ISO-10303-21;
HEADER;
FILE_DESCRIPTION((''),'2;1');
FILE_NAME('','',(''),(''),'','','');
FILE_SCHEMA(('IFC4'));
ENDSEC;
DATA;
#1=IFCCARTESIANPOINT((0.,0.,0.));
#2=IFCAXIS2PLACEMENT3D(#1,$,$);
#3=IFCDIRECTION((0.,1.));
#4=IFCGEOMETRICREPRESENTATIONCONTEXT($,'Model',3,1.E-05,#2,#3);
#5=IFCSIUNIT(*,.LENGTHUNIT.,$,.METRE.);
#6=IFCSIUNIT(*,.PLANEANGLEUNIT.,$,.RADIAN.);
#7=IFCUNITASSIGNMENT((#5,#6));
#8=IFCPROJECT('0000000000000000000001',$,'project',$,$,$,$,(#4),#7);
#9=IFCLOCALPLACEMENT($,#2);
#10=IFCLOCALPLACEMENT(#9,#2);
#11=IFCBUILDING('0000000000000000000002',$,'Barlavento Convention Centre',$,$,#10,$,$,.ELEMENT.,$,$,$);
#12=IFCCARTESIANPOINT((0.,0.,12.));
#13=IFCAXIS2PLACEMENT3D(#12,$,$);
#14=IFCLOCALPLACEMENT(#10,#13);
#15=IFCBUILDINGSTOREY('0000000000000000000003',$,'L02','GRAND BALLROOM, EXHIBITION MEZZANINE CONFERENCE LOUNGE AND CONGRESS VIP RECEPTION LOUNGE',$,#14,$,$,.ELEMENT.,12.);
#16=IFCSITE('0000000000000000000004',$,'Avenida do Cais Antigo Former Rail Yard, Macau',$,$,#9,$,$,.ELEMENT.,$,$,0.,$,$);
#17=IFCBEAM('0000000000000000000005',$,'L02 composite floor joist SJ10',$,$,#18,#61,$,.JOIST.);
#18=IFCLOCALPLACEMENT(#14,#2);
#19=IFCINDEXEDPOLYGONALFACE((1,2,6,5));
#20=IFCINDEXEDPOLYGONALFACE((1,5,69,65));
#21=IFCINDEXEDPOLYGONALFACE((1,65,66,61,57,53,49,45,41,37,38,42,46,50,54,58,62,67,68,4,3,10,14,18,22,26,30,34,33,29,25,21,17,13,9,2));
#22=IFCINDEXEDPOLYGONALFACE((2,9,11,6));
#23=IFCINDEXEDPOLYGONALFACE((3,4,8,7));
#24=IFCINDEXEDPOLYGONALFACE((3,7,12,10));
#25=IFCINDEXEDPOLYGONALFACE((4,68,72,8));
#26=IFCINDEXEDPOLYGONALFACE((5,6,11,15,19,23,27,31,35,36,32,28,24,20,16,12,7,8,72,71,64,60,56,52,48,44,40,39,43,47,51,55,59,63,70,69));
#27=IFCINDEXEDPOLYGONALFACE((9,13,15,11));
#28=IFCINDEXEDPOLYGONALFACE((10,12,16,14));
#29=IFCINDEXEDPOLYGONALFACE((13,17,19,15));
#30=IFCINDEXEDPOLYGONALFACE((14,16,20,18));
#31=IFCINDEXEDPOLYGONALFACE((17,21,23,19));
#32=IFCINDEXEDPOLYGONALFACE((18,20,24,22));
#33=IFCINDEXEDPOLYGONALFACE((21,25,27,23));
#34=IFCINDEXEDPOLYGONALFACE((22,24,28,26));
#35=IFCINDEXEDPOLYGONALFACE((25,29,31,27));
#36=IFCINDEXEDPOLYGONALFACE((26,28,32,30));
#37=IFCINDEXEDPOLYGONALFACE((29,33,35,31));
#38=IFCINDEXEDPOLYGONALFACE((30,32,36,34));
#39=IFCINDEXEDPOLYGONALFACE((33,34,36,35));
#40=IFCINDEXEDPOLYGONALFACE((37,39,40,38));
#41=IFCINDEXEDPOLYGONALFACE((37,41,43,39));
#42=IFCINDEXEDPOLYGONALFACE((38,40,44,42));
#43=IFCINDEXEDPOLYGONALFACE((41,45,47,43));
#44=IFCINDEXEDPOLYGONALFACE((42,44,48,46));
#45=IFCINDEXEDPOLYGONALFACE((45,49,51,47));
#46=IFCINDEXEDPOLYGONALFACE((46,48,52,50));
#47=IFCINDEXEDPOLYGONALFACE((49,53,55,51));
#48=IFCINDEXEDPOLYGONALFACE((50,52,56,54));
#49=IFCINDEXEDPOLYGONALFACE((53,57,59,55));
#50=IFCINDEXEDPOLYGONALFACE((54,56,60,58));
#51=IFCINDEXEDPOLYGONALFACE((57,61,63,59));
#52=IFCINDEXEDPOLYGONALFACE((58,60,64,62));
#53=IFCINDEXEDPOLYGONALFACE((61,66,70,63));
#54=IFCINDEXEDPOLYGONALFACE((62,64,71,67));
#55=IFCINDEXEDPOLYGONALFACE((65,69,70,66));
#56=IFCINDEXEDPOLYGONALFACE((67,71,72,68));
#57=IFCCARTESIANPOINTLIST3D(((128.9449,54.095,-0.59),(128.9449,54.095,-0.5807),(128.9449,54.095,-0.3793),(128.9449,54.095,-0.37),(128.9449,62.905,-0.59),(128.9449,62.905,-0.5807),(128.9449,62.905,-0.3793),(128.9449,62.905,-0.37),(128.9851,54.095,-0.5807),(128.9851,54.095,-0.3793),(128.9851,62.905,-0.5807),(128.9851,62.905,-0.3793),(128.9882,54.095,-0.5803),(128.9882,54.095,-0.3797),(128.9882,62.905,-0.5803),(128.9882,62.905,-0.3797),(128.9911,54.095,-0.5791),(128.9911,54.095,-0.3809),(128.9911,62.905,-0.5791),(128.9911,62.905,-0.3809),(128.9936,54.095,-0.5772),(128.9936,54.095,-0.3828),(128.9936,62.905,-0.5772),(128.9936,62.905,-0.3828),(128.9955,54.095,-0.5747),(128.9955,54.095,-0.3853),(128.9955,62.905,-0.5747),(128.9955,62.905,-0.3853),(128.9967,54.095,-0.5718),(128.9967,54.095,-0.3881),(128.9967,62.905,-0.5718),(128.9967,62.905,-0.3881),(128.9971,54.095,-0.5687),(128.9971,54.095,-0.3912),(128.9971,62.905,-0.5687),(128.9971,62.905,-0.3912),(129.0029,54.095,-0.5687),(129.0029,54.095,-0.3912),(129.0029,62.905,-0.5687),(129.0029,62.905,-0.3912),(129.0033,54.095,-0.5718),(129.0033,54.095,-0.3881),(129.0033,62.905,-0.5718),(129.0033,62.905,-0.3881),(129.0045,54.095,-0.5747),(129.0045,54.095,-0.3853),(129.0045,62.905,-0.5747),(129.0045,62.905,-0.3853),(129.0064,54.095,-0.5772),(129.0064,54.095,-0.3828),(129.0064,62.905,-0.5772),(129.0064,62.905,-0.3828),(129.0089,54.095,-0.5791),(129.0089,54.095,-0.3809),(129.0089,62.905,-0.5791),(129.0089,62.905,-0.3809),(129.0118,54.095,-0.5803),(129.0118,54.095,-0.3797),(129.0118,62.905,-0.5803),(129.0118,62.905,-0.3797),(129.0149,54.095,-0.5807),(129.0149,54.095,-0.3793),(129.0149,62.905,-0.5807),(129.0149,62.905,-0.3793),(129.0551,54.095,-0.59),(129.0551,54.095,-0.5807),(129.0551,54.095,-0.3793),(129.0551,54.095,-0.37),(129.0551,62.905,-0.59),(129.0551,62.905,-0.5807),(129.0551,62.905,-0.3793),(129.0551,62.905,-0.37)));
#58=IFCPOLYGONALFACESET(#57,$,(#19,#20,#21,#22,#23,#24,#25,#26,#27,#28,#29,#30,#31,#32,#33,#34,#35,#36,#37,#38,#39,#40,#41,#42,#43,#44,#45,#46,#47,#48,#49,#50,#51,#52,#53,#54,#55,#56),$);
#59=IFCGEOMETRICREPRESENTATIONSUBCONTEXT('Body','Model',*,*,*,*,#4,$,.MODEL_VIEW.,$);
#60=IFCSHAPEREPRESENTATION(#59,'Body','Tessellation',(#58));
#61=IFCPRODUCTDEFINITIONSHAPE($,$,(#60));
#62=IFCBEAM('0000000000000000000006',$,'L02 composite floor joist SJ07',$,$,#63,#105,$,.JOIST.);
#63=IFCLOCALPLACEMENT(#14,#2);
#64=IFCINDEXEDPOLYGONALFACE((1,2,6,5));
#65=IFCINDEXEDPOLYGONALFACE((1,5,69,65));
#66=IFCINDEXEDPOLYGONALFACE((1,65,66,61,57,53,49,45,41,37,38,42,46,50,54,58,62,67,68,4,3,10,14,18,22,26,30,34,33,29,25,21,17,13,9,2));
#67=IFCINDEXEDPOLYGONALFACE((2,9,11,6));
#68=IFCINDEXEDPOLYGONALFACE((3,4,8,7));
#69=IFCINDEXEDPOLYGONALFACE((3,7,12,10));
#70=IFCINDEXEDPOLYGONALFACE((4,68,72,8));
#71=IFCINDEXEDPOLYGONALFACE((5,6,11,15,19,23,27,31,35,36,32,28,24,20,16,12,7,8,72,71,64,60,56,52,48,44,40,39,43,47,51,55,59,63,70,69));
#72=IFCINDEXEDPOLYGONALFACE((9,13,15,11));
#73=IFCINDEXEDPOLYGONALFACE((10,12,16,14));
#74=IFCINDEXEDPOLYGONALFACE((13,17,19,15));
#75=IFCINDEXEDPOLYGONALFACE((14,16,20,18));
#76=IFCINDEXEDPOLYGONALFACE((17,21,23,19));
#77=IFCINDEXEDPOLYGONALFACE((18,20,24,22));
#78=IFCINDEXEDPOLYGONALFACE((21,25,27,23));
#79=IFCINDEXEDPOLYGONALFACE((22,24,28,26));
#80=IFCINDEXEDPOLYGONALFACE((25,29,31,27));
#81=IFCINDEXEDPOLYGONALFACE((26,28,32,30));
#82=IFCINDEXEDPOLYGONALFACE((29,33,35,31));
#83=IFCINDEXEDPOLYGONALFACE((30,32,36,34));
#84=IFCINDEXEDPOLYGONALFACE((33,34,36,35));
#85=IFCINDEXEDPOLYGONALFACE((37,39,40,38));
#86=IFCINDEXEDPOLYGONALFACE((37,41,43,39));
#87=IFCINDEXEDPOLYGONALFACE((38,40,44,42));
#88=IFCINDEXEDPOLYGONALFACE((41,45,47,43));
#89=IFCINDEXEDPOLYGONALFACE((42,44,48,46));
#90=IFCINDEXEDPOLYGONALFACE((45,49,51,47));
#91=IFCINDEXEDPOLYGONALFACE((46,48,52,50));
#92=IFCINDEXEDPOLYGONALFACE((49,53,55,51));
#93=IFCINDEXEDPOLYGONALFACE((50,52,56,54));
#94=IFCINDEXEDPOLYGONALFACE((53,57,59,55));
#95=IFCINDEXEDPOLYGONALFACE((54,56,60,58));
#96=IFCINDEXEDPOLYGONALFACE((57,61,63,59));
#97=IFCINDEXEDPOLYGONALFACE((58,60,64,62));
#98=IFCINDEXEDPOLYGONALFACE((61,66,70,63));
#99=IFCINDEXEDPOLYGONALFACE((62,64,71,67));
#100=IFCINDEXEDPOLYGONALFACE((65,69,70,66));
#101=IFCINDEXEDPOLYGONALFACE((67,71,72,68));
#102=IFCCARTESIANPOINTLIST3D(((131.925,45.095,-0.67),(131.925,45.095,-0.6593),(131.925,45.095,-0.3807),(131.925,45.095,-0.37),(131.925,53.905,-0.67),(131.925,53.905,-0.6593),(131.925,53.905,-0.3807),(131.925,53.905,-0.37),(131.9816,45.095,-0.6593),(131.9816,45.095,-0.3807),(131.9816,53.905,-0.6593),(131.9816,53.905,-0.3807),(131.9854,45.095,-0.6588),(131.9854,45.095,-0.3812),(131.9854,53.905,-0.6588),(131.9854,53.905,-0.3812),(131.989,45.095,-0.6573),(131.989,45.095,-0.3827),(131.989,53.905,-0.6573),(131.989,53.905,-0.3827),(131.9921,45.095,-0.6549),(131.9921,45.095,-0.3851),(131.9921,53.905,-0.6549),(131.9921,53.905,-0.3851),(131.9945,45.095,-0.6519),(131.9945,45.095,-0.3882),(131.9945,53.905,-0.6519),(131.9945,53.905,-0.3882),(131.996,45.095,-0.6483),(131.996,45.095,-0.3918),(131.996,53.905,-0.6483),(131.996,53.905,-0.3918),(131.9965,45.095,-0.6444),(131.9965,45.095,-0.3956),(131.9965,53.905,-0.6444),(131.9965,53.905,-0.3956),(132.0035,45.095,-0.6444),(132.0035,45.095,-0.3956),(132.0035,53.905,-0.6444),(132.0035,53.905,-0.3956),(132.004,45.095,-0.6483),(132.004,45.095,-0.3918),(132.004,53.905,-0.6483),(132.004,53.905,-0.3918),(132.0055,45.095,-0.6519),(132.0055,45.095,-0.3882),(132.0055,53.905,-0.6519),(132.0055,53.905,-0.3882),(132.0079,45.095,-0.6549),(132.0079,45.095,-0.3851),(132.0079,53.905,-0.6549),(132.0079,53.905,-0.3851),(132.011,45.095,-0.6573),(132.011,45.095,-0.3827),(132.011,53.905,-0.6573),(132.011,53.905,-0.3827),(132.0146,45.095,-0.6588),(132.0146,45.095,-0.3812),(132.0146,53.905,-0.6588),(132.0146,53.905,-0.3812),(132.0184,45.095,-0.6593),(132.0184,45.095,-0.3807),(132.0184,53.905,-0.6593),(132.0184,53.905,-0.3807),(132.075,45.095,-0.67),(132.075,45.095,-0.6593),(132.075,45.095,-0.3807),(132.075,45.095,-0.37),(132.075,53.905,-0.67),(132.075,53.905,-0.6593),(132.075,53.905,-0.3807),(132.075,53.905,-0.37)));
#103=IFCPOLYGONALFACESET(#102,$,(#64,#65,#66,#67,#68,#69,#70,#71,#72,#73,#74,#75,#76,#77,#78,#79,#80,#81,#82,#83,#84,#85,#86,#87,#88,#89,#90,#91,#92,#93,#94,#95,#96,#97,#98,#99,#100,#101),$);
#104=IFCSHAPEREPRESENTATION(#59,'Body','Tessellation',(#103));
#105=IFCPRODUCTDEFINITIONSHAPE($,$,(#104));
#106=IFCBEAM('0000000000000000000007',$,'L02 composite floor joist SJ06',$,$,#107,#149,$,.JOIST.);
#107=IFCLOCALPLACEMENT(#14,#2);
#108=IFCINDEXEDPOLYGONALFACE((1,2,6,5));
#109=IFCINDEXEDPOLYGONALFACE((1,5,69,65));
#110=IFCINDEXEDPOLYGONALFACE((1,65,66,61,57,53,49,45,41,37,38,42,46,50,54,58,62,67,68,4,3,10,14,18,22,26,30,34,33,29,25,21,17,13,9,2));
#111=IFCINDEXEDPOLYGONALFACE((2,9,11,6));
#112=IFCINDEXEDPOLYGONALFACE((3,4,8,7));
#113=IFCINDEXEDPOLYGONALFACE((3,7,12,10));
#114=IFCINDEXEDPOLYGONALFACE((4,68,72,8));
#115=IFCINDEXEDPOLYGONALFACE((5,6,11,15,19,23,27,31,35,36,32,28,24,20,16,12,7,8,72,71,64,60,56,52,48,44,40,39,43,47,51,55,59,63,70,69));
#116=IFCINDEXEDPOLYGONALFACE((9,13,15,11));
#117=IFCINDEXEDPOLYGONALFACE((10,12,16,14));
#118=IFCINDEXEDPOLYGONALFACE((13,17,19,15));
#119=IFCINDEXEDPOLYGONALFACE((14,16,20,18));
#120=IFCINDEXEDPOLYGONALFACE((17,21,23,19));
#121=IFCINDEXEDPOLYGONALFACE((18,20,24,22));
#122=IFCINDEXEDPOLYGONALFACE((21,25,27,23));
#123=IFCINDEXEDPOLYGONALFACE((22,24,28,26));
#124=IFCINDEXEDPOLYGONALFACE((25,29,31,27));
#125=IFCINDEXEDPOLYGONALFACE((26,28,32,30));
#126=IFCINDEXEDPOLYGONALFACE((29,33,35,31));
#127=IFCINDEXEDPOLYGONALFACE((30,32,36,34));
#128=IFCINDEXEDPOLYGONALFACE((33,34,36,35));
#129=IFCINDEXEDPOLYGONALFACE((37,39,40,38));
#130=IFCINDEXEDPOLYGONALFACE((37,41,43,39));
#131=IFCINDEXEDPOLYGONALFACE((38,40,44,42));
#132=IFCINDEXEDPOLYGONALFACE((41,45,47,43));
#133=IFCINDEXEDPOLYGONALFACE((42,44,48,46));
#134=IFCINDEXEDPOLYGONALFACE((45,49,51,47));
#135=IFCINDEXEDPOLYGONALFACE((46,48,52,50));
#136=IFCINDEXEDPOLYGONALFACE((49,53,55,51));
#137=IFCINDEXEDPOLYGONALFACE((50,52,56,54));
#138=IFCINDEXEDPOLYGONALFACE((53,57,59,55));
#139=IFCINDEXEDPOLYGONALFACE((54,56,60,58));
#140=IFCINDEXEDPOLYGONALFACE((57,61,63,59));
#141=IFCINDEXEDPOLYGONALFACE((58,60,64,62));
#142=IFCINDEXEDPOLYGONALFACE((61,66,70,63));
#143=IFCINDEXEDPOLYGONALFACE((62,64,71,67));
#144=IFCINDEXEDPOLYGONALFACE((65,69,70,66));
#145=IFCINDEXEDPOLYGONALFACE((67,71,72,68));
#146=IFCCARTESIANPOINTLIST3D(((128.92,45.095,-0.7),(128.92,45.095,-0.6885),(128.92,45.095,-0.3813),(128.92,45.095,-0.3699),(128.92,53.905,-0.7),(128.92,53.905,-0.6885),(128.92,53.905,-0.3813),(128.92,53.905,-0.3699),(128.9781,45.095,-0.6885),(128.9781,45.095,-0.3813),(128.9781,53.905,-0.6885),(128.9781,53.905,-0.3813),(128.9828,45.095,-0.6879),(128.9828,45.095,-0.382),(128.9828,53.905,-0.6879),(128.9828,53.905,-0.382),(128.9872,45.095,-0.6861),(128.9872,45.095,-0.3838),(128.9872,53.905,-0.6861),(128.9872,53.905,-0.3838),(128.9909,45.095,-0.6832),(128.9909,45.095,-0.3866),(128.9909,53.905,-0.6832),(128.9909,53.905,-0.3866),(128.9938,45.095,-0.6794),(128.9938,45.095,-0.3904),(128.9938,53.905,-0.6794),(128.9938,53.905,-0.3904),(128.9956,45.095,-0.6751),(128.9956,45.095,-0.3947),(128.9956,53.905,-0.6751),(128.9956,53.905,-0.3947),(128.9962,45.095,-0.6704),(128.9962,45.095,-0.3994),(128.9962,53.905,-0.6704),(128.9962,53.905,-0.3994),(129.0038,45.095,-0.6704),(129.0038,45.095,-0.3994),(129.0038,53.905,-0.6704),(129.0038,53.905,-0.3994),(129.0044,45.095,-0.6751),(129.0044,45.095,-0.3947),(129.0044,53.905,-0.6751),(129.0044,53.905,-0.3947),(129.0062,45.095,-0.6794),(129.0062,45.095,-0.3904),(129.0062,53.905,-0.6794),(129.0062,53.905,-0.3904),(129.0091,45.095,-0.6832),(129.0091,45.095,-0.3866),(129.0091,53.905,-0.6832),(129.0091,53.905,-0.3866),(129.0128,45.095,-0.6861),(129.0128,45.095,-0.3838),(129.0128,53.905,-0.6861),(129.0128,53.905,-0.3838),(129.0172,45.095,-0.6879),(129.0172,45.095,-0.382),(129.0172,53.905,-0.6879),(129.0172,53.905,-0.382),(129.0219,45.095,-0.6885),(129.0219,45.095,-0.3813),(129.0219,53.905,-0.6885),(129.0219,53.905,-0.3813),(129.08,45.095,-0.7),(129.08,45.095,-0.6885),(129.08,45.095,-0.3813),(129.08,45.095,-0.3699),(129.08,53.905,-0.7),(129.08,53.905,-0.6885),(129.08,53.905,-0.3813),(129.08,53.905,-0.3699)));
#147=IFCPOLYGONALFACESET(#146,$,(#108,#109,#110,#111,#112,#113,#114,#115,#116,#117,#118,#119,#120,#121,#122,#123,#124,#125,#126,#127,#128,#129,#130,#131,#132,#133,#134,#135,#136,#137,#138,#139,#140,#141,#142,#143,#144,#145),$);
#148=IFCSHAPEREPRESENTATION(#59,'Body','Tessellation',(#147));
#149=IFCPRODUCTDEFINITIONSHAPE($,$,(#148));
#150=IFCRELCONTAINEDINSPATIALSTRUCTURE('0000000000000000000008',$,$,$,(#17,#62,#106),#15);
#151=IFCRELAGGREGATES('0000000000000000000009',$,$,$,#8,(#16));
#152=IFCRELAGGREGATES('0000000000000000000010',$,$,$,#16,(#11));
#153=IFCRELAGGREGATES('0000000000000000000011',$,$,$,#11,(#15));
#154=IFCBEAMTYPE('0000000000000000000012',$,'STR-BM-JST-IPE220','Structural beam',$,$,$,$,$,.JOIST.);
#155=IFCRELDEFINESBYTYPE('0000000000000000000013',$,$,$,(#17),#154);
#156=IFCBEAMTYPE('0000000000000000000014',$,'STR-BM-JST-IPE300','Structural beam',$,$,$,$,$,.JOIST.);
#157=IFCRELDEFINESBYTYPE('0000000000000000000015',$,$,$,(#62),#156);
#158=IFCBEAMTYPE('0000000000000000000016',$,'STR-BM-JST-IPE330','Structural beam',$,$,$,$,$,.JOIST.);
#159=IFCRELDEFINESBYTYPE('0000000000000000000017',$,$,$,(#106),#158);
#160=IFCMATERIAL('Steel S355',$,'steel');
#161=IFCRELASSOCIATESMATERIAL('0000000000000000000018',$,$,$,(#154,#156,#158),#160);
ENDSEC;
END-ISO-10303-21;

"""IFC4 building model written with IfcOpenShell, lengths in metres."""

from ifc_helpers import new_model, si_unit, direction, frame, origin, origin_2d, place, context, subcontext, project, spatial, i_section, extrude, material, material_profile, profile_set, type_object, element, save


model = new_model("IFC4")

# Units and contexts
model_context = context("Model", 3, precision=1e-05, world=origin(), true_north=direction((0.0, 1.0)))
body_context = subcontext(model_context, "Body", "Model", "MODEL_VIEW")
ifc_project = project(units=[si_unit("LENGTHUNIT", "METRE"), si_unit("PLANEANGLEUNIT", "RADIAN")], contexts=[model_context])

# Site, building, storey
site_placement = place(None, origin())
site = spatial("IfcSite", under=ifc_project, at=site_placement, Name="Avenida do Cais Antigo Former Rail Yard, Macau", CompositionType="ELEMENT", RefElevation=0.0)
building_placement = place(site_placement, origin())
building = spatial("IfcBuilding", under=site, at=building_placement, Name="Barlavento Convention Centre", CompositionType="ELEMENT")
storey_placement = place(building_placement, frame((0.0, 0.0, 12.0)))
storey = spatial("IfcBuildingStorey", under=building, at=storey_placement, Name="L02", Description="GRAND BALLROOM, EXHIBITION MEZZANINE CONFERENCE LOUNGE AND CONGRESS VIP RECEPTION LOUNGE", CompositionType="ELEMENT", Elevation=12.0)

# Shared definitions
ifc_material_1 = material(Name="Steel S355", Category="steel")

# Beams
ifc_material_profile_1 = material_profile(ifc_material_1, i_section(OverallWidth=0.1101, OverallDepth=0.22, WebThickness=0.0059, FlangeThickness=0.0093, FilletRadius=0.012, at=origin_2d()), Name="IPE 220")
ifc_profile_set_1 = profile_set([ifc_material_profile_1], Name="Steel S355")
beam_type_1 = type_object("IfcBeamType", Name="STR-BM-JST-IPE220", Description="Structural beam", PredefinedType="JOIST", material=ifc_profile_set_1)
beam_1_placement = place(storey_placement, frame((129.0, 54.095, -0.48), z_axis=(0.0, 1.0, 0.0), x_axis=(-1.0, 0.0, 0.0)))
element("IfcBeam", 1, at=beam_1_placement, inside=storey, type_object=beam_type_1, Name="L02 composite floor joist SJ10", PredefinedType="JOIST", context=body_context, shape_type="SweptSolid", body=[
    extrude(i_section(OverallWidth=0.1101, OverallDepth=0.22, WebThickness=0.0059, FlangeThickness=0.0093, FilletRadius=0.012, at=origin_2d()), origin(), (0.0, 0.0, 1.0), 8.8101),
])
ifc_material_profile_2 = material_profile(ifc_material_1, i_section(OverallWidth=0.1499, OverallDepth=0.3, WebThickness=0.0071, FlangeThickness=0.0107, FilletRadius=0.0149, at=origin_2d()), Name="IPE 300")
ifc_profile_set_2 = profile_set([ifc_material_profile_2], Name="Steel S355")
beam_type_2 = type_object("IfcBeamType", Name="STR-BM-JST-IPE300", Description="Structural beam", PredefinedType="JOIST", material=ifc_profile_set_2)
beam_2_placement = place(storey_placement, frame((132.0, 45.095, -0.52), z_axis=(0.0, 1.0, 0.0), x_axis=(-1.0, 0.0, 0.0)))
element("IfcBeam", 2, at=beam_2_placement, inside=storey, type_object=beam_type_2, Name="L02 composite floor joist SJ07", PredefinedType="JOIST", context=body_context, shape_type="SweptSolid", body=[
    extrude(i_section(OverallWidth=0.1499, OverallDepth=0.3, WebThickness=0.0071, FlangeThickness=0.0107, FilletRadius=0.0149, at=origin_2d()), origin(), (0.0, 0.0, 1.0), 8.8101),
])
ifc_material_profile_3 = material_profile(ifc_material_1, i_section(OverallWidth=0.1599, OverallDepth=0.3301, WebThickness=0.0076, FlangeThickness=0.0115, FilletRadius=0.0181, at=origin_2d()), Name="IPE 330")
ifc_profile_set_3 = profile_set([ifc_material_profile_3], Name="Steel S355")
beam_type_3 = type_object("IfcBeamType", Name="STR-BM-JST-IPE330", Description="Structural beam", PredefinedType="JOIST", material=ifc_profile_set_3)
beam_3_placement = place(storey_placement, frame((129.0, 45.095, -0.5349), z_axis=(0.0, 1.0, 0.0), x_axis=(-1.0, 0.0, 0.0)))
element("IfcBeam", 3, at=beam_3_placement, inside=storey, type_object=beam_type_3, Name="L02 composite floor joist SJ06", PredefinedType="JOIST", context=body_context, shape_type="SweptSolid", body=[
    extrude(i_section(OverallWidth=0.1599, OverallDepth=0.3301, WebThickness=0.0076, FlangeThickness=0.0115, FilletRadius=0.0181, at=origin_2d()), origin(), (0.0, 0.0, 1.0), 8.8101),
])

save(model, "model.ifc")
